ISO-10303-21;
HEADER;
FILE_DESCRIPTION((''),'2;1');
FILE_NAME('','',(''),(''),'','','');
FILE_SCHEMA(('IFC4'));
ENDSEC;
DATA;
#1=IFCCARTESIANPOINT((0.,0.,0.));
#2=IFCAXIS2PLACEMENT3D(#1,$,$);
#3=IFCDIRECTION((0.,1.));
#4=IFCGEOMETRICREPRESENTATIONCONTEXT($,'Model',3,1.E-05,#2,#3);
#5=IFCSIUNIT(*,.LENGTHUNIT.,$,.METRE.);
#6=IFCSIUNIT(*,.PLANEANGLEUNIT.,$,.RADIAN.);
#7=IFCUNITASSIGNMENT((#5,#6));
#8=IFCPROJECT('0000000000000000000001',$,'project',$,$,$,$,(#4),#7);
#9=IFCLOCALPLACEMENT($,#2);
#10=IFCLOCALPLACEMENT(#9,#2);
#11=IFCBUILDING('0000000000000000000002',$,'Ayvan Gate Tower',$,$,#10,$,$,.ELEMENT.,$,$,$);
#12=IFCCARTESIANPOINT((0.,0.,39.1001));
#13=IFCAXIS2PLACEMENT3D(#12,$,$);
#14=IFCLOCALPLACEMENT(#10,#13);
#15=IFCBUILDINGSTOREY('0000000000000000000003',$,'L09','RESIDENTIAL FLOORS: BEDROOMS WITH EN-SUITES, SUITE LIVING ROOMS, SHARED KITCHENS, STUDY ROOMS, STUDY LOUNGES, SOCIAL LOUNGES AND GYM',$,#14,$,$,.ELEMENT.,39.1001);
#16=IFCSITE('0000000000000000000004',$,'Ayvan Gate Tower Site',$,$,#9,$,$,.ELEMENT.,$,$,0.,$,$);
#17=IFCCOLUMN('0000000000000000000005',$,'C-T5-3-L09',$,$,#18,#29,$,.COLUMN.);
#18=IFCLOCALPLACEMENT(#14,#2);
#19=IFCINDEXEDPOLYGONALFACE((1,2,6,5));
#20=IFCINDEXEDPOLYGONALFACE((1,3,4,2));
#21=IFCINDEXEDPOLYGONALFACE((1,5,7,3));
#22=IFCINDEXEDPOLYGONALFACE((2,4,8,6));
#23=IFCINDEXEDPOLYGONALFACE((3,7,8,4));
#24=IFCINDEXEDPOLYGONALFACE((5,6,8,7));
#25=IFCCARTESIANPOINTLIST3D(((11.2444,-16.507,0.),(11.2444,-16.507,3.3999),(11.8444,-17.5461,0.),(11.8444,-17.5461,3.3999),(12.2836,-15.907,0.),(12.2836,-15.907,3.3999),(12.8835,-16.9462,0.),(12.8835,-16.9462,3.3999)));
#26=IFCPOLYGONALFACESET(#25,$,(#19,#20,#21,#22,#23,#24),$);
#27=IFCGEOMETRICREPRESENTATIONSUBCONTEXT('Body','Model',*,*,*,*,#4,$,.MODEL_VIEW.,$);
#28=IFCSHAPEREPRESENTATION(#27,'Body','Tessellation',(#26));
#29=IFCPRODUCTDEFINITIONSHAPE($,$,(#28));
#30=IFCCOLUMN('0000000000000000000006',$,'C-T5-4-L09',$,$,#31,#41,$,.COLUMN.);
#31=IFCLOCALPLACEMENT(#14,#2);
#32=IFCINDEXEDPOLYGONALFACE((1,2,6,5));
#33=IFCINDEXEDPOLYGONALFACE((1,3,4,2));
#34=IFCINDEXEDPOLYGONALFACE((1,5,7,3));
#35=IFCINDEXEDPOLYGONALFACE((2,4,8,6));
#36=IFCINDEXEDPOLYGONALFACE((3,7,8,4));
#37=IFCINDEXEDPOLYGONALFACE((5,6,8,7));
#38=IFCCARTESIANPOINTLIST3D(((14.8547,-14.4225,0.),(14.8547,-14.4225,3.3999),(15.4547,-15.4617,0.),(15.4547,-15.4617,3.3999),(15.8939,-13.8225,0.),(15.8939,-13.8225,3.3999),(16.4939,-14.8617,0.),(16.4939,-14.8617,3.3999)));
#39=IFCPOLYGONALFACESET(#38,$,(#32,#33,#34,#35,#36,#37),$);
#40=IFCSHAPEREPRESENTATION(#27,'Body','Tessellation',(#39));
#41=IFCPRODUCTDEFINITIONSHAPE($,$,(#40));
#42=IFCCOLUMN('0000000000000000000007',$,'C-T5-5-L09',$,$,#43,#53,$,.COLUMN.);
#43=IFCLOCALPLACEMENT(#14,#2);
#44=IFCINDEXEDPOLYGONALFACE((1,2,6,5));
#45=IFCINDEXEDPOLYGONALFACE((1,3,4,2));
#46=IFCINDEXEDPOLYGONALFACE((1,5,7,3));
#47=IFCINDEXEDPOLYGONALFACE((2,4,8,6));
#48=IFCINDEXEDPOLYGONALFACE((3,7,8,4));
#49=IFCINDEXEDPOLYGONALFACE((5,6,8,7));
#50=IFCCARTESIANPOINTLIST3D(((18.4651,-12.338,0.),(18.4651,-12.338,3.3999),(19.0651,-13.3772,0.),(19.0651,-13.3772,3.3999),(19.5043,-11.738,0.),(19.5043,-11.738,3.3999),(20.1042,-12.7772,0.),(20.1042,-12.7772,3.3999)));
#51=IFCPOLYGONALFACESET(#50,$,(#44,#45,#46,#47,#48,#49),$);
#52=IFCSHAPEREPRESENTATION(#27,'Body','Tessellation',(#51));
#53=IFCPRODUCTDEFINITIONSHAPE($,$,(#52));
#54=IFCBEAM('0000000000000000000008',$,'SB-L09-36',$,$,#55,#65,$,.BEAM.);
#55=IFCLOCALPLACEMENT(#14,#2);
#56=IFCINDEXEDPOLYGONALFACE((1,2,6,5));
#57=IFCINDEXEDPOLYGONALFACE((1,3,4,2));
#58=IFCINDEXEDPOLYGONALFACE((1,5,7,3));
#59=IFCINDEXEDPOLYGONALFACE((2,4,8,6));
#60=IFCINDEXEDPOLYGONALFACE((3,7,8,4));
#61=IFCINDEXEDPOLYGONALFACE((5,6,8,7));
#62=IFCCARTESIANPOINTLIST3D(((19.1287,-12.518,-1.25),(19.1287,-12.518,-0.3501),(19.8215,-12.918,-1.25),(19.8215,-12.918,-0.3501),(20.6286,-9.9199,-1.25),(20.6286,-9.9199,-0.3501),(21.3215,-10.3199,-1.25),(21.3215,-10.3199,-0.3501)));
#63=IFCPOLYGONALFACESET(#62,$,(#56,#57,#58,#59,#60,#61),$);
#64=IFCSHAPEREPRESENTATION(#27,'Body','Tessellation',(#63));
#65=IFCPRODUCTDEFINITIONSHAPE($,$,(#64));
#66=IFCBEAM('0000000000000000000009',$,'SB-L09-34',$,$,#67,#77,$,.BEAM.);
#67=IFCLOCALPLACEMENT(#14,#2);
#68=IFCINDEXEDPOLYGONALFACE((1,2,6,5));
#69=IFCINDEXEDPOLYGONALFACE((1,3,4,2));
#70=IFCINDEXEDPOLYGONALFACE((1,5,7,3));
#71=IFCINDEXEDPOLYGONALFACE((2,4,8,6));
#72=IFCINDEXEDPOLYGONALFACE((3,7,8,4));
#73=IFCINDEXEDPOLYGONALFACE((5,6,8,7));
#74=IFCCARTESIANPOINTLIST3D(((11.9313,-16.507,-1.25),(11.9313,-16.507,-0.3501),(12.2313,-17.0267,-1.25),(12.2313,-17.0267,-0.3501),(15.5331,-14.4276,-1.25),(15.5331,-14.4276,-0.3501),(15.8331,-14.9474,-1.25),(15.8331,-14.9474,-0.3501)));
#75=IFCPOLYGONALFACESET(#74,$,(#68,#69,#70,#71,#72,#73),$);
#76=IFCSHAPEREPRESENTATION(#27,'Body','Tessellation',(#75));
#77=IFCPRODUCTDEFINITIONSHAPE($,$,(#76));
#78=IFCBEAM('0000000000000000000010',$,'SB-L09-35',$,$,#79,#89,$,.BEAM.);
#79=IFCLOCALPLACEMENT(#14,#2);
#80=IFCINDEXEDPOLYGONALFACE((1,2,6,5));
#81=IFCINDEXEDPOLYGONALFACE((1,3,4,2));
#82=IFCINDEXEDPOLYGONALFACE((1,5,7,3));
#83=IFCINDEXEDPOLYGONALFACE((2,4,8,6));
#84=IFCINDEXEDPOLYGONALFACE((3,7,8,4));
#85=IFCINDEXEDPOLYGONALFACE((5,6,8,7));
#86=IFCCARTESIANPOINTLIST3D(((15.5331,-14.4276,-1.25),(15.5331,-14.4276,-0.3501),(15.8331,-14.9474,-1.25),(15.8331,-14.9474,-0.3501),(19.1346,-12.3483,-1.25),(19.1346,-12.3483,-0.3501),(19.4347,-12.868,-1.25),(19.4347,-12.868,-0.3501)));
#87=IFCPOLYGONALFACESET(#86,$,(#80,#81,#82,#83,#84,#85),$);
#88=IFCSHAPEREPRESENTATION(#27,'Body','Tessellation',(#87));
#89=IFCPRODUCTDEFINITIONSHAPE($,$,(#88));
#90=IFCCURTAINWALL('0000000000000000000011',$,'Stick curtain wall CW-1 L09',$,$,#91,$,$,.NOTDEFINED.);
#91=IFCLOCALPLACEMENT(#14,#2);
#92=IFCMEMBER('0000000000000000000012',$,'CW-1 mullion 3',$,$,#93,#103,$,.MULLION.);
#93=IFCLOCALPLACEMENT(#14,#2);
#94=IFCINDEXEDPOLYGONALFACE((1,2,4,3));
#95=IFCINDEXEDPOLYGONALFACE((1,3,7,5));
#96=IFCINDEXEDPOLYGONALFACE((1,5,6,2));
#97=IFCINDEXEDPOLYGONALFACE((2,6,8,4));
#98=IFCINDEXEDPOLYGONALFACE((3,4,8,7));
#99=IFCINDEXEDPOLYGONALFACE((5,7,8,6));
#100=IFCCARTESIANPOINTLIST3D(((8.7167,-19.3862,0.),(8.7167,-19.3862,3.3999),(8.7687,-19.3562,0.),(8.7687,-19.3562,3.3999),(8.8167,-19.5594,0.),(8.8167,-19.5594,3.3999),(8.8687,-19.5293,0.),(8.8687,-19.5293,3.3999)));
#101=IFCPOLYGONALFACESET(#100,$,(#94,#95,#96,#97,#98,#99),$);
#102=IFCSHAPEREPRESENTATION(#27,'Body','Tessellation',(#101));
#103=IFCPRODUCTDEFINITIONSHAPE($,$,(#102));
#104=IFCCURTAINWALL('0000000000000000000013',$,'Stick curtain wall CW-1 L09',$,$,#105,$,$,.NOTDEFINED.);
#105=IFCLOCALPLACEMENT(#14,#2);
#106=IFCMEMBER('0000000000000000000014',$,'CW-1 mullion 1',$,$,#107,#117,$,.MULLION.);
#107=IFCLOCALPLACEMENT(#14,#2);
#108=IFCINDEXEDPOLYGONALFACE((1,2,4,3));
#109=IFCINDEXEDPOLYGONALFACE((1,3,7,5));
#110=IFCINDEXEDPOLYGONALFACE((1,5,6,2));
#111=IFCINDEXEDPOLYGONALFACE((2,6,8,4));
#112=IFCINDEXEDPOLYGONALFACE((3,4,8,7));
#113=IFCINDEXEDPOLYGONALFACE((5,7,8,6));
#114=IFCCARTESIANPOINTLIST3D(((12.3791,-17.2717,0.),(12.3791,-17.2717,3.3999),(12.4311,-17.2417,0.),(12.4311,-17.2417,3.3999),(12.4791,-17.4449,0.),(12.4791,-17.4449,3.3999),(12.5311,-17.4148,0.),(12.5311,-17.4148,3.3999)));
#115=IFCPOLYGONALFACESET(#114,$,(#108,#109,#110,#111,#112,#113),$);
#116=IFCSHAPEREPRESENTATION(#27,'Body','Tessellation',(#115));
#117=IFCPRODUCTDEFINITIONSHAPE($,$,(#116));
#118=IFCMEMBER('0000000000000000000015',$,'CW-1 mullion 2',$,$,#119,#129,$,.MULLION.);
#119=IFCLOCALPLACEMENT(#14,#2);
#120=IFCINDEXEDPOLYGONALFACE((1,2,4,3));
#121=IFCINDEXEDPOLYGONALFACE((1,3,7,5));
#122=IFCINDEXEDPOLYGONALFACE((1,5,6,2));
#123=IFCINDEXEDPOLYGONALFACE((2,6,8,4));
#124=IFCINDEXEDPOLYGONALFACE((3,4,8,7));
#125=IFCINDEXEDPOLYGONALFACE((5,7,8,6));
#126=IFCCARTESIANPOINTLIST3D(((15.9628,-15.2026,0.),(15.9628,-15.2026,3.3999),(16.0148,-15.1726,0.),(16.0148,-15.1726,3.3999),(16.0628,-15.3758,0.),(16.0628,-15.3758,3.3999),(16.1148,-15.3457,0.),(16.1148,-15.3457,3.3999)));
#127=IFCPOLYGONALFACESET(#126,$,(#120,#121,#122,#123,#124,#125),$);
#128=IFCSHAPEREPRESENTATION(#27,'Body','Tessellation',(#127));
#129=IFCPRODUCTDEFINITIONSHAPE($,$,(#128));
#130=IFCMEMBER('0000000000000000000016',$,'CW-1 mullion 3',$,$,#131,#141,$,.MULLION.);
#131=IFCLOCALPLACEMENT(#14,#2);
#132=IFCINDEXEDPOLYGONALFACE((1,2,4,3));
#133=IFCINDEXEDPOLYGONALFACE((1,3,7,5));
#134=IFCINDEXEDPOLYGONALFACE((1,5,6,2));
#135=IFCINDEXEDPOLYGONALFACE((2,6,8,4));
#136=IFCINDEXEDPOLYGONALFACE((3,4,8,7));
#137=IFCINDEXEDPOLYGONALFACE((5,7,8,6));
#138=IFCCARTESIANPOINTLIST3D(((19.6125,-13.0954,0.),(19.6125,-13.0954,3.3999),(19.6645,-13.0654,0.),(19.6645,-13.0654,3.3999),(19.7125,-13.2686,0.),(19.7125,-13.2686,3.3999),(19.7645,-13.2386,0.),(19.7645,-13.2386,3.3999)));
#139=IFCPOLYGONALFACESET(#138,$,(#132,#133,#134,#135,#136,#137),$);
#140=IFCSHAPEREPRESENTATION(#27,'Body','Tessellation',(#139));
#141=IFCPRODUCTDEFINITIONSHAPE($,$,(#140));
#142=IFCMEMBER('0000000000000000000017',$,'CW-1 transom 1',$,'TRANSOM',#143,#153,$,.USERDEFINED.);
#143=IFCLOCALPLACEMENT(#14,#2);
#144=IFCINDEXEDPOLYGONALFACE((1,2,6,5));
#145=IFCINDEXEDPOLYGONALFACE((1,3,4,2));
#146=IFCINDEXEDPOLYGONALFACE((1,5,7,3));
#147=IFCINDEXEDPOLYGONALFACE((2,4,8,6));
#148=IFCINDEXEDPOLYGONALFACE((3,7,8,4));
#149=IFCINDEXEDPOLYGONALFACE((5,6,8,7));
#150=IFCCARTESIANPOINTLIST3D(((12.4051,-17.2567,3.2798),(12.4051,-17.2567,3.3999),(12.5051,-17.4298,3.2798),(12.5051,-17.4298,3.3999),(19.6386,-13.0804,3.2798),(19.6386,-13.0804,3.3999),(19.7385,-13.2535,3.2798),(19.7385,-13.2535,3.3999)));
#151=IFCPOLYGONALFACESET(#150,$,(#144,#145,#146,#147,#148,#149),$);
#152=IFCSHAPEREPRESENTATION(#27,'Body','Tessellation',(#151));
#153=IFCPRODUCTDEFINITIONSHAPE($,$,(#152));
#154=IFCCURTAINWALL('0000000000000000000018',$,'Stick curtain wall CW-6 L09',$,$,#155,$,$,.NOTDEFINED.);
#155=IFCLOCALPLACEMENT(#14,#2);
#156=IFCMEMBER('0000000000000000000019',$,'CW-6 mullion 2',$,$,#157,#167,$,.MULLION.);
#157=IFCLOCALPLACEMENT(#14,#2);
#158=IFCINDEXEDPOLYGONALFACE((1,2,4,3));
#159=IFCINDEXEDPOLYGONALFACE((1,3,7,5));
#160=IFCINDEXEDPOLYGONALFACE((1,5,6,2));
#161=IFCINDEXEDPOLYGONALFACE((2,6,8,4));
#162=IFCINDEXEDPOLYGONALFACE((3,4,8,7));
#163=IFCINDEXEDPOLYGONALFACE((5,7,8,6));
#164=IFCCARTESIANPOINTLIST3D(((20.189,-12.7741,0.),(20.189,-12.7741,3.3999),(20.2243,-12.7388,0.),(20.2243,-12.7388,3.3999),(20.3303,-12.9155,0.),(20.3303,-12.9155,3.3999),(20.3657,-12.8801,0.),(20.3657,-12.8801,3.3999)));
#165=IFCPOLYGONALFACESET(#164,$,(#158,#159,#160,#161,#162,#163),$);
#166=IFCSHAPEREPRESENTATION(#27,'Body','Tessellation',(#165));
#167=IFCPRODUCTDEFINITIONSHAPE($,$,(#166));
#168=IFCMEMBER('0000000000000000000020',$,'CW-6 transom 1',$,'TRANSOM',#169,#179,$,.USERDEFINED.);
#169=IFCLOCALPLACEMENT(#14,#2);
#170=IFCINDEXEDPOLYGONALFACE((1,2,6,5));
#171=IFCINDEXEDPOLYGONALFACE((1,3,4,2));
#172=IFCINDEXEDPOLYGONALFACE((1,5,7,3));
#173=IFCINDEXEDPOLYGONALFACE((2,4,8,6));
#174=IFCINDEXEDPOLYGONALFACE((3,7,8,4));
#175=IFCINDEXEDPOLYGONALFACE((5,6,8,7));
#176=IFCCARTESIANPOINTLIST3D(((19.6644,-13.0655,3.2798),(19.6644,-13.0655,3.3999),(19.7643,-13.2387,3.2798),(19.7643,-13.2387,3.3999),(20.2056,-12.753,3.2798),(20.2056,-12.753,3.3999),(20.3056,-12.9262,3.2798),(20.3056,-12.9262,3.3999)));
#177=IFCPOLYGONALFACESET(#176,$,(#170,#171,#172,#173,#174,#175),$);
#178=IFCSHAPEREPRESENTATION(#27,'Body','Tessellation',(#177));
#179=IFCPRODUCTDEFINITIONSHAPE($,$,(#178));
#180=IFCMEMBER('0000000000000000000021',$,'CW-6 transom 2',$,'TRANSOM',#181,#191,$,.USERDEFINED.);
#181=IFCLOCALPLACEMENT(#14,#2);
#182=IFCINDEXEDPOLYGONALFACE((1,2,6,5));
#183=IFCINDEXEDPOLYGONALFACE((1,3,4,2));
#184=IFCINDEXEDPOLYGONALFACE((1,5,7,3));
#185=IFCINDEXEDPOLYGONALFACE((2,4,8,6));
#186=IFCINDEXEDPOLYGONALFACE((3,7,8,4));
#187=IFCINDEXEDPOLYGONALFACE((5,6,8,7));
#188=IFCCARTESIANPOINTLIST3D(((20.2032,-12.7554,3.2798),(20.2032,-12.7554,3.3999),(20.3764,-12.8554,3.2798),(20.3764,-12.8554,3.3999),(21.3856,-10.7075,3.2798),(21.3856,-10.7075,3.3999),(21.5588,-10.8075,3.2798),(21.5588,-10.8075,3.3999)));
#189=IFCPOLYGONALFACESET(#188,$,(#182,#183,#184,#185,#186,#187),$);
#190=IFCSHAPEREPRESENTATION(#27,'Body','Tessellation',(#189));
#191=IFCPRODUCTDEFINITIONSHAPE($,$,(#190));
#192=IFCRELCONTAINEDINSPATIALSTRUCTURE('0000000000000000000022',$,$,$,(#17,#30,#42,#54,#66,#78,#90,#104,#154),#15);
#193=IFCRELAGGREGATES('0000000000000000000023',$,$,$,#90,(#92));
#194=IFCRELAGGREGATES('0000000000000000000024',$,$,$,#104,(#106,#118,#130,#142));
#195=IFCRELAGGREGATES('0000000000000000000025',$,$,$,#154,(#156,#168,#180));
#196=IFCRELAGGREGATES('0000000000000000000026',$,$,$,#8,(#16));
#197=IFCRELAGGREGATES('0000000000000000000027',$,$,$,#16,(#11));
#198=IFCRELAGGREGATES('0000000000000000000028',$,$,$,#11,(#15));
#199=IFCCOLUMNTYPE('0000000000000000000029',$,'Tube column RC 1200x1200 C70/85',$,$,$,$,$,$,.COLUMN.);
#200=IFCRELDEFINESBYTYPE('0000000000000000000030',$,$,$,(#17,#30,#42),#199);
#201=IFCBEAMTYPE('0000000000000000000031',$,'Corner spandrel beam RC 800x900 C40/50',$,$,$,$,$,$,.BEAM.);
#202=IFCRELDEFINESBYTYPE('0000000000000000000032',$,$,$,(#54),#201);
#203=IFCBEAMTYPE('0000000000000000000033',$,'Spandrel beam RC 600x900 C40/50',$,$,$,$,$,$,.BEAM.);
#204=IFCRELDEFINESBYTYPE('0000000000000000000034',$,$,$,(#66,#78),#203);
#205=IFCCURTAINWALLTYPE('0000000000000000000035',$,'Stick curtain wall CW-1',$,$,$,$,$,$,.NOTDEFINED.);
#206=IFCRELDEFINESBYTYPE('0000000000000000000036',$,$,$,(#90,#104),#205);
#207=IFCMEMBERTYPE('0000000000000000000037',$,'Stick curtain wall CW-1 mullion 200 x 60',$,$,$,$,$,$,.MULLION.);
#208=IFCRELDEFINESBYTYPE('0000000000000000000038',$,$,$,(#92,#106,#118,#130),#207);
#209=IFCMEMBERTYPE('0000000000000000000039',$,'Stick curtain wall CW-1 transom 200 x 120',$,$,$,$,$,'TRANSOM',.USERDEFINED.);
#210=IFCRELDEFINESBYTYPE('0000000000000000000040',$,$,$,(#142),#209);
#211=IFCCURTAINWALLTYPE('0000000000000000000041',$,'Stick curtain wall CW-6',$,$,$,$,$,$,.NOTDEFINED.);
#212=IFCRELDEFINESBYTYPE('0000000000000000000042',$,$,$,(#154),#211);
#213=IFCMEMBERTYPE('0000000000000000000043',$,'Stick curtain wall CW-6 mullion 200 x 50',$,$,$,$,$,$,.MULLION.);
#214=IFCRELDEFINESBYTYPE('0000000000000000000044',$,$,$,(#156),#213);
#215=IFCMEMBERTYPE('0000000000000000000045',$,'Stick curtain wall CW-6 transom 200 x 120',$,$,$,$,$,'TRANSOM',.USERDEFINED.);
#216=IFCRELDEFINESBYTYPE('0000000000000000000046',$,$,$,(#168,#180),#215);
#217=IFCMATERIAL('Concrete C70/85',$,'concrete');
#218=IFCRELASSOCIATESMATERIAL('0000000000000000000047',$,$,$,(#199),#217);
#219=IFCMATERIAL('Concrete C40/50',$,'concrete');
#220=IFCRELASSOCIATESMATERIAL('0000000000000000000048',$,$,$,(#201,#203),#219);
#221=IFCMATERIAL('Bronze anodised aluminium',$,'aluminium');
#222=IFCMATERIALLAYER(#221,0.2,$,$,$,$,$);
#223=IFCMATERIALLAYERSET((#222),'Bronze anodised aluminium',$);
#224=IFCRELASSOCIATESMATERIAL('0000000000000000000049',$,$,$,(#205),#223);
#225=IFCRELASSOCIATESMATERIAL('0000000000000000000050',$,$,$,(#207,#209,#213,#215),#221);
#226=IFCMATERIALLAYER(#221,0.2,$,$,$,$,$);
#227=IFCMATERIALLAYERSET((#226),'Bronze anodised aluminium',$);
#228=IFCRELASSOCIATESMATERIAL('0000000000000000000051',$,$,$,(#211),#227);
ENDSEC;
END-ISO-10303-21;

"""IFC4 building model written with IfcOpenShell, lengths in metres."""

from ifc_helpers import new_model, si_unit, direction, frame, origin, origin_2d, place, context, subcontext, project, spatial, rectangle, extrude, material, layer, layer_set, material_profile, profile_set, type_object, element, aggregate, save


model = new_model("IFC4")

# Units and contexts
model_context = context("Model", 3, precision=1e-05, world=origin(), true_north=direction((0.0, 1.0)))
body_context = subcontext(model_context, "Body", "Model", "MODEL_VIEW")
ifc_project = project(units=[si_unit("LENGTHUNIT", "METRE"), si_unit("PLANEANGLEUNIT", "RADIAN")], contexts=[model_context])

# Site, building, storey
site_placement = place(None, origin())
site = spatial("IfcSite", under=ifc_project, at=site_placement, Name="Ayvan Gate Tower Site", CompositionType="ELEMENT", RefElevation=0.0)
building_placement = place(site_placement, origin())
building = spatial("IfcBuilding", under=site, at=building_placement, Name="Ayvan Gate Tower", CompositionType="ELEMENT")
storey_placement = place(building_placement, frame((0.0, 0.0, 39.1001)))
storey = spatial("IfcBuildingStorey", under=building, at=storey_placement, Name="L09", Description="RESIDENTIAL FLOORS: BEDROOMS WITH EN-SUITES, SUITE LIVING ROOMS, SHARED KITCHENS, STUDY ROOMS, STUDY LOUNGES, SOCIAL LOUNGES AND GYM", CompositionType="ELEMENT", Elevation=39.1001)

# Columns
ifc_material_1 = material(Name="Concrete C70/85", Category="concrete")
ifc_material_profile_1 = material_profile(ifc_material_1, rectangle(XDim=1.2, YDim=1.2, at=origin_2d()), Name="RC 1200x1200")
ifc_profile_set_1 = profile_set([ifc_material_profile_1], Name="Concrete C70/85")
column_type = type_object("IfcColumnType", Name="Tube column RC 1200x1200 C70/85", PredefinedType="COLUMN", material=ifc_profile_set_1)
for number, where, z_axis, x_axis, name in (
    (1, (12.064, -16.7266, 0.0), (0.0, 0.0, 1.0), (0.5, -0.866025, 0.0), "C-T5-3-L09"),
    (2, (15.6743, -14.6421, 0.0), (0.0, 0.0, 1.0), (0.5, -0.866025, 0.0), "C-T5-4-L09"),
    (3, (19.2847, -12.5576, 0.0), (0.0, 0.0, 1.0), (0.5, -0.866025, 0.0), "C-T5-5-L09"),
):
    element("IfcColumn", number, at=place(storey_placement, frame(where, z_axis=z_axis, x_axis=x_axis)), inside=storey, type_object=column_type, Name=name, PredefinedType="COLUMN", context=body_context, shape_type="SweptSolid", body=[
        extrude(rectangle(XDim=1.2, YDim=1.2, at=origin_2d()), origin(), (0.0, 0.0, 1.0), 3.3999),
    ])

# Beams
ifc_material_2 = material(Name="Concrete C40/50", Category="concrete")
ifc_material_profile_2 = material_profile(ifc_material_2, rectangle(XDim=0.8, YDim=0.8999, at=origin_2d()), Name="RC 800x900")
ifc_profile_set_2 = profile_set([ifc_material_profile_2], Name="Concrete C40/50")
beam_type_1 = type_object("IfcBeamType", Name="Corner spandrel beam RC 800x900 C40/50", PredefinedType="BEAM", material=ifc_profile_set_2)
beam_1_placement = place(storey_placement, frame((19.4751, -12.718, -0.8), z_axis=(0.49999, 0.866031, 0.0), x_axis=(-0.866031, 0.49999, 0.0)))
element("IfcBeam", 4, at=beam_1_placement, inside=storey, type_object=beam_type_1, Name="SB-L09-36", PredefinedType="BEAM", context=body_context, shape_type="SweptSolid", body=[
    extrude(rectangle(XDim=0.8, YDim=0.8999, at=origin_2d()), origin(), (0.0, 0.0, 1.0), 3.0),
])
ifc_material_profile_3 = material_profile(ifc_material_2, rectangle(XDim=0.6001, YDim=0.8999, at=origin_2d()), Name="RC 600x900")
ifc_profile_set_3 = profile_set([ifc_material_profile_3], Name="Concrete C40/50")
beam_type_2 = type_object("IfcBeamType", Name="Spandrel beam RC 600x900 C40/50", PredefinedType="BEAM", material=ifc_profile_set_3)
beam_2_placement = place(storey_placement, frame((12.0813, -16.7668, -0.8), z_axis=(0.866042, 0.499971, 0.0), x_axis=(-0.499971, 0.866042, 0.0)))
element("IfcBeam", 5, at=beam_2_placement, inside=storey, type_object=beam_type_2, Name="SB-L09-34", PredefinedType="BEAM", context=body_context, shape_type="SweptSolid", body=[
    extrude(rectangle(XDim=0.6001, YDim=0.8999, at=origin_2d()), origin(), (0.0, 0.0, 1.0), 4.1589),
])
beam_3_placement = place(storey_placement, frame((15.6831, -14.6875, -0.8), z_axis=(0.866027, 0.499997, 0.0), x_axis=(-0.499997, 0.866027, 0.0)))
element("IfcBeam", 6, at=beam_3_placement, inside=storey, type_object=beam_type_2, Name="SB-L09-35", PredefinedType="BEAM", context=body_context, shape_type="SweptSolid", body=[
    extrude(rectangle(XDim=0.6001, YDim=0.8999, at=origin_2d()), origin(), (0.0, 0.0, 1.0), 4.1587),
])

# Curtain wall, member
ifc_material_3 = material(Name="Bronze anodised aluminium", Category="aluminium")
ifc_layer_1 = layer(ifc_material_3, 0.2)
ifc_layer_set_1 = layer_set([ifc_layer_1], Name="Bronze anodised aluminium")
curtain_wall_type_1 = type_object("IfcCurtainWallType", Name="Stick curtain wall CW-1", PredefinedType="NOTDEFINED", material=ifc_layer_set_1)
curtain_wall_1_placement = place(storey_placement, origin())
curtain_wall_1 = element("IfcCurtainWall", 7, at=curtain_wall_1_placement, inside=storey, type_object=curtain_wall_type_1, Name="Stick curtain wall CW-1 L09", PredefinedType="NOTDEFINED")
ifc_material_profile_4 = material_profile(ifc_material_3, rectangle(XDim=0.2, YDim=0.0601, at=origin_2d()), Name="Stick curtain wall CW-1 mullion 200 x 60")
ifc_profile_set_4 = profile_set([ifc_material_profile_4], Name="Bronze anodised aluminium")
member_type_1 = type_object("IfcMemberType", Name="Stick curtain wall CW-1 mullion 200 x 60", PredefinedType="MULLION", material=ifc_profile_set_4)
member_1_placement = place(storey_placement, frame((8.7927, -19.4578, 0.0), z_axis=(0.0, 0.0, 1.0), x_axis=(0.5, -0.866025, 0.0)))
member_1 = element("IfcMember", 8, at=member_1_placement, type_object=member_type_1, Name="CW-1 mullion 3", PredefinedType="MULLION", context=body_context, shape_type="SweptSolid", body=[
    extrude(rectangle(XDim=0.2, YDim=0.0601, at=origin_2d()), origin(), (0.0, 0.0, 1.0), 3.3999),
])
aggregate(curtain_wall_1, [member_1])

# Curtain walls, members
curtain_wall_2_placement = place(storey_placement, origin())
curtain_wall_2 = element("IfcCurtainWall", 9, at=curtain_wall_2_placement, inside=storey, type_object=curtain_wall_type_1, Name="Stick curtain wall CW-1 L09", PredefinedType="NOTDEFINED")
member_2_placement = place(storey_placement, frame((12.4551, -17.3433, 0.0), z_axis=(0.0, 0.0, 1.0), x_axis=(0.5, -0.866025, 0.0)))
member_2 = element("IfcMember", 10, at=member_2_placement, type_object=member_type_1, Name="CW-1 mullion 1", PredefinedType="MULLION", context=body_context, shape_type="SweptSolid", body=[
    extrude(rectangle(XDim=0.2, YDim=0.0601, at=origin_2d()), origin(), (0.0, 0.0, 1.0), 3.3999),
])
member_3_placement = place(storey_placement, frame((16.0388, -15.2742, 0.0), z_axis=(0.0, 0.0, 1.0), x_axis=(0.5, -0.866025, 0.0)))
member_3 = element("IfcMember", 11, at=member_3_placement, type_object=member_type_1, Name="CW-1 mullion 2", PredefinedType="MULLION", context=body_context, shape_type="SweptSolid", body=[
    extrude(rectangle(XDim=0.2, YDim=0.0601, at=origin_2d()), origin(), (0.0, 0.0, 1.0), 3.3999),
])
member_4_placement = place(storey_placement, frame((19.6885, -13.167, 0.0), z_axis=(0.0, 0.0, 1.0), x_axis=(0.5, -0.866025, 0.0)))
member_4 = element("IfcMember", 12, at=member_4_placement, type_object=member_type_1, Name="CW-1 mullion 3", PredefinedType="MULLION", context=body_context, shape_type="SweptSolid", body=[
    extrude(rectangle(XDim=0.2, YDim=0.0601, at=origin_2d()), origin(), (0.0, 0.0, 1.0), 3.3999),
])
ifc_material_profile_5 = material_profile(ifc_material_3, rectangle(XDim=0.2, YDim=0.1201, at=origin_2d()), Name="Stick curtain wall CW-1 transom 200 x 120")
ifc_profile_set_5 = profile_set([ifc_material_profile_5], Name="Bronze anodised aluminium")
member_type_2 = type_object("IfcMemberType", Name="Stick curtain wall CW-1 transom 200 x 120", ElementType="TRANSOM", PredefinedType="USERDEFINED", material=ifc_profile_set_5)
member_5_placement = place(storey_placement, frame((12.4551, -17.3433, 3.3398), z_axis=(0.866022, 0.500006, 0.0), x_axis=(-0.500006, 0.866022, 0.0)))
member_5 = element("IfcMember", 13, at=member_5_placement, type_object=member_type_2, Name="CW-1 transom 1", ObjectType="TRANSOM", PredefinedType="USERDEFINED", context=body_context, shape_type="SweptSolid", body=[
    extrude(rectangle(XDim=0.2, YDim=0.1201, at=origin_2d()), origin(), (0.0, 0.0, 1.0), 8.3525),
])
ifc_layer_2 = layer(ifc_material_3, 0.2)
ifc_layer_set_2 = layer_set([ifc_layer_2], Name="Bronze anodised aluminium")
curtain_wall_type_2 = type_object("IfcCurtainWallType", Name="Stick curtain wall CW-6", PredefinedType="NOTDEFINED", material=ifc_layer_set_2)
curtain_wall_3_placement = place(storey_placement, origin())
curtain_wall_3 = element("IfcCurtainWall", 14, at=curtain_wall_3_placement, inside=storey, type_object=curtain_wall_type_2, Name="Stick curtain wall CW-6 L09", PredefinedType="NOTDEFINED")
ifc_material_profile_6 = material_profile(ifc_material_3, rectangle(XDim=0.2, YDim=0.05, at=origin_2d()), Name="Stick curtain wall CW-6 mullion 200 x 50")
ifc_profile_set_6 = profile_set([ifc_material_profile_6], Name="Bronze anodised aluminium")
member_type_3 = type_object("IfcMemberType", Name="Stick curtain wall CW-6 mullion 200 x 50", PredefinedType="MULLION", material=ifc_profile_set_6)
member_6_placement = place(storey_placement, frame((20.2773, -12.8271, 0.0), z_axis=(0.0, 0.0, 1.0), x_axis=(0.707107, -0.707107, 0.0)))
member_6 = element("IfcMember", 15, at=member_6_placement, type_object=member_type_3, Name="CW-6 mullion 2", PredefinedType="MULLION", context=body_context, shape_type="SweptSolid", body=[
    extrude(rectangle(XDim=0.2, YDim=0.05, at=origin_2d()), origin(), (0.0, 0.0, 1.0), 3.3999),
])
ifc_material_profile_7 = material_profile(ifc_material_3, rectangle(XDim=0.2, YDim=0.1201, at=origin_2d()), Name="Stick curtain wall CW-6 transom 200 x 120")
ifc_profile_set_7 = profile_set([ifc_material_profile_7], Name="Bronze anodised aluminium")
member_type_4 = type_object("IfcMemberType", Name="Stick curtain wall CW-6 transom 200 x 120", ElementType="TRANSOM", PredefinedType="USERDEFINED", material=ifc_profile_set_7)
member_7_placement = place(storey_placement, frame((19.7144, -13.1521, 3.3398), z_axis=(0.866023, 0.500004, 0.0), x_axis=(-0.500004, 0.866023, 0.0)))
member_7 = element("IfcMember", 16, at=member_7_placement, type_object=member_type_4, Name="CW-6 transom 1", ObjectType="TRANSOM", PredefinedType="USERDEFINED", context=body_context, shape_type="SweptSolid", body=[
    extrude(rectangle(XDim=0.2, YDim=0.1201, at=origin_2d()), origin(), (0.0, 0.0, 1.0), 0.625),
])
member_8_placement = place(storey_placement, frame((20.2898, -12.8054, 3.3398), z_axis=(0.500014, 0.866017, 0.0), x_axis=(-0.866017, 0.500014, 0.0)))
member_8 = element("IfcMember", 17, at=member_8_placement, type_object=member_type_4, Name="CW-6 transom 2", ObjectType="TRANSOM", PredefinedType="USERDEFINED", context=body_context, shape_type="SweptSolid", body=[
    extrude(rectangle(XDim=0.2, YDim=0.1201, at=origin_2d()), origin(), (0.0, 0.0, 1.0), 2.3647),
])

aggregate(curtain_wall_2, [member_2, member_3, member_4, member_5])
aggregate(curtain_wall_3, [member_6, member_7, member_8])

save(model, "model.ifc")
